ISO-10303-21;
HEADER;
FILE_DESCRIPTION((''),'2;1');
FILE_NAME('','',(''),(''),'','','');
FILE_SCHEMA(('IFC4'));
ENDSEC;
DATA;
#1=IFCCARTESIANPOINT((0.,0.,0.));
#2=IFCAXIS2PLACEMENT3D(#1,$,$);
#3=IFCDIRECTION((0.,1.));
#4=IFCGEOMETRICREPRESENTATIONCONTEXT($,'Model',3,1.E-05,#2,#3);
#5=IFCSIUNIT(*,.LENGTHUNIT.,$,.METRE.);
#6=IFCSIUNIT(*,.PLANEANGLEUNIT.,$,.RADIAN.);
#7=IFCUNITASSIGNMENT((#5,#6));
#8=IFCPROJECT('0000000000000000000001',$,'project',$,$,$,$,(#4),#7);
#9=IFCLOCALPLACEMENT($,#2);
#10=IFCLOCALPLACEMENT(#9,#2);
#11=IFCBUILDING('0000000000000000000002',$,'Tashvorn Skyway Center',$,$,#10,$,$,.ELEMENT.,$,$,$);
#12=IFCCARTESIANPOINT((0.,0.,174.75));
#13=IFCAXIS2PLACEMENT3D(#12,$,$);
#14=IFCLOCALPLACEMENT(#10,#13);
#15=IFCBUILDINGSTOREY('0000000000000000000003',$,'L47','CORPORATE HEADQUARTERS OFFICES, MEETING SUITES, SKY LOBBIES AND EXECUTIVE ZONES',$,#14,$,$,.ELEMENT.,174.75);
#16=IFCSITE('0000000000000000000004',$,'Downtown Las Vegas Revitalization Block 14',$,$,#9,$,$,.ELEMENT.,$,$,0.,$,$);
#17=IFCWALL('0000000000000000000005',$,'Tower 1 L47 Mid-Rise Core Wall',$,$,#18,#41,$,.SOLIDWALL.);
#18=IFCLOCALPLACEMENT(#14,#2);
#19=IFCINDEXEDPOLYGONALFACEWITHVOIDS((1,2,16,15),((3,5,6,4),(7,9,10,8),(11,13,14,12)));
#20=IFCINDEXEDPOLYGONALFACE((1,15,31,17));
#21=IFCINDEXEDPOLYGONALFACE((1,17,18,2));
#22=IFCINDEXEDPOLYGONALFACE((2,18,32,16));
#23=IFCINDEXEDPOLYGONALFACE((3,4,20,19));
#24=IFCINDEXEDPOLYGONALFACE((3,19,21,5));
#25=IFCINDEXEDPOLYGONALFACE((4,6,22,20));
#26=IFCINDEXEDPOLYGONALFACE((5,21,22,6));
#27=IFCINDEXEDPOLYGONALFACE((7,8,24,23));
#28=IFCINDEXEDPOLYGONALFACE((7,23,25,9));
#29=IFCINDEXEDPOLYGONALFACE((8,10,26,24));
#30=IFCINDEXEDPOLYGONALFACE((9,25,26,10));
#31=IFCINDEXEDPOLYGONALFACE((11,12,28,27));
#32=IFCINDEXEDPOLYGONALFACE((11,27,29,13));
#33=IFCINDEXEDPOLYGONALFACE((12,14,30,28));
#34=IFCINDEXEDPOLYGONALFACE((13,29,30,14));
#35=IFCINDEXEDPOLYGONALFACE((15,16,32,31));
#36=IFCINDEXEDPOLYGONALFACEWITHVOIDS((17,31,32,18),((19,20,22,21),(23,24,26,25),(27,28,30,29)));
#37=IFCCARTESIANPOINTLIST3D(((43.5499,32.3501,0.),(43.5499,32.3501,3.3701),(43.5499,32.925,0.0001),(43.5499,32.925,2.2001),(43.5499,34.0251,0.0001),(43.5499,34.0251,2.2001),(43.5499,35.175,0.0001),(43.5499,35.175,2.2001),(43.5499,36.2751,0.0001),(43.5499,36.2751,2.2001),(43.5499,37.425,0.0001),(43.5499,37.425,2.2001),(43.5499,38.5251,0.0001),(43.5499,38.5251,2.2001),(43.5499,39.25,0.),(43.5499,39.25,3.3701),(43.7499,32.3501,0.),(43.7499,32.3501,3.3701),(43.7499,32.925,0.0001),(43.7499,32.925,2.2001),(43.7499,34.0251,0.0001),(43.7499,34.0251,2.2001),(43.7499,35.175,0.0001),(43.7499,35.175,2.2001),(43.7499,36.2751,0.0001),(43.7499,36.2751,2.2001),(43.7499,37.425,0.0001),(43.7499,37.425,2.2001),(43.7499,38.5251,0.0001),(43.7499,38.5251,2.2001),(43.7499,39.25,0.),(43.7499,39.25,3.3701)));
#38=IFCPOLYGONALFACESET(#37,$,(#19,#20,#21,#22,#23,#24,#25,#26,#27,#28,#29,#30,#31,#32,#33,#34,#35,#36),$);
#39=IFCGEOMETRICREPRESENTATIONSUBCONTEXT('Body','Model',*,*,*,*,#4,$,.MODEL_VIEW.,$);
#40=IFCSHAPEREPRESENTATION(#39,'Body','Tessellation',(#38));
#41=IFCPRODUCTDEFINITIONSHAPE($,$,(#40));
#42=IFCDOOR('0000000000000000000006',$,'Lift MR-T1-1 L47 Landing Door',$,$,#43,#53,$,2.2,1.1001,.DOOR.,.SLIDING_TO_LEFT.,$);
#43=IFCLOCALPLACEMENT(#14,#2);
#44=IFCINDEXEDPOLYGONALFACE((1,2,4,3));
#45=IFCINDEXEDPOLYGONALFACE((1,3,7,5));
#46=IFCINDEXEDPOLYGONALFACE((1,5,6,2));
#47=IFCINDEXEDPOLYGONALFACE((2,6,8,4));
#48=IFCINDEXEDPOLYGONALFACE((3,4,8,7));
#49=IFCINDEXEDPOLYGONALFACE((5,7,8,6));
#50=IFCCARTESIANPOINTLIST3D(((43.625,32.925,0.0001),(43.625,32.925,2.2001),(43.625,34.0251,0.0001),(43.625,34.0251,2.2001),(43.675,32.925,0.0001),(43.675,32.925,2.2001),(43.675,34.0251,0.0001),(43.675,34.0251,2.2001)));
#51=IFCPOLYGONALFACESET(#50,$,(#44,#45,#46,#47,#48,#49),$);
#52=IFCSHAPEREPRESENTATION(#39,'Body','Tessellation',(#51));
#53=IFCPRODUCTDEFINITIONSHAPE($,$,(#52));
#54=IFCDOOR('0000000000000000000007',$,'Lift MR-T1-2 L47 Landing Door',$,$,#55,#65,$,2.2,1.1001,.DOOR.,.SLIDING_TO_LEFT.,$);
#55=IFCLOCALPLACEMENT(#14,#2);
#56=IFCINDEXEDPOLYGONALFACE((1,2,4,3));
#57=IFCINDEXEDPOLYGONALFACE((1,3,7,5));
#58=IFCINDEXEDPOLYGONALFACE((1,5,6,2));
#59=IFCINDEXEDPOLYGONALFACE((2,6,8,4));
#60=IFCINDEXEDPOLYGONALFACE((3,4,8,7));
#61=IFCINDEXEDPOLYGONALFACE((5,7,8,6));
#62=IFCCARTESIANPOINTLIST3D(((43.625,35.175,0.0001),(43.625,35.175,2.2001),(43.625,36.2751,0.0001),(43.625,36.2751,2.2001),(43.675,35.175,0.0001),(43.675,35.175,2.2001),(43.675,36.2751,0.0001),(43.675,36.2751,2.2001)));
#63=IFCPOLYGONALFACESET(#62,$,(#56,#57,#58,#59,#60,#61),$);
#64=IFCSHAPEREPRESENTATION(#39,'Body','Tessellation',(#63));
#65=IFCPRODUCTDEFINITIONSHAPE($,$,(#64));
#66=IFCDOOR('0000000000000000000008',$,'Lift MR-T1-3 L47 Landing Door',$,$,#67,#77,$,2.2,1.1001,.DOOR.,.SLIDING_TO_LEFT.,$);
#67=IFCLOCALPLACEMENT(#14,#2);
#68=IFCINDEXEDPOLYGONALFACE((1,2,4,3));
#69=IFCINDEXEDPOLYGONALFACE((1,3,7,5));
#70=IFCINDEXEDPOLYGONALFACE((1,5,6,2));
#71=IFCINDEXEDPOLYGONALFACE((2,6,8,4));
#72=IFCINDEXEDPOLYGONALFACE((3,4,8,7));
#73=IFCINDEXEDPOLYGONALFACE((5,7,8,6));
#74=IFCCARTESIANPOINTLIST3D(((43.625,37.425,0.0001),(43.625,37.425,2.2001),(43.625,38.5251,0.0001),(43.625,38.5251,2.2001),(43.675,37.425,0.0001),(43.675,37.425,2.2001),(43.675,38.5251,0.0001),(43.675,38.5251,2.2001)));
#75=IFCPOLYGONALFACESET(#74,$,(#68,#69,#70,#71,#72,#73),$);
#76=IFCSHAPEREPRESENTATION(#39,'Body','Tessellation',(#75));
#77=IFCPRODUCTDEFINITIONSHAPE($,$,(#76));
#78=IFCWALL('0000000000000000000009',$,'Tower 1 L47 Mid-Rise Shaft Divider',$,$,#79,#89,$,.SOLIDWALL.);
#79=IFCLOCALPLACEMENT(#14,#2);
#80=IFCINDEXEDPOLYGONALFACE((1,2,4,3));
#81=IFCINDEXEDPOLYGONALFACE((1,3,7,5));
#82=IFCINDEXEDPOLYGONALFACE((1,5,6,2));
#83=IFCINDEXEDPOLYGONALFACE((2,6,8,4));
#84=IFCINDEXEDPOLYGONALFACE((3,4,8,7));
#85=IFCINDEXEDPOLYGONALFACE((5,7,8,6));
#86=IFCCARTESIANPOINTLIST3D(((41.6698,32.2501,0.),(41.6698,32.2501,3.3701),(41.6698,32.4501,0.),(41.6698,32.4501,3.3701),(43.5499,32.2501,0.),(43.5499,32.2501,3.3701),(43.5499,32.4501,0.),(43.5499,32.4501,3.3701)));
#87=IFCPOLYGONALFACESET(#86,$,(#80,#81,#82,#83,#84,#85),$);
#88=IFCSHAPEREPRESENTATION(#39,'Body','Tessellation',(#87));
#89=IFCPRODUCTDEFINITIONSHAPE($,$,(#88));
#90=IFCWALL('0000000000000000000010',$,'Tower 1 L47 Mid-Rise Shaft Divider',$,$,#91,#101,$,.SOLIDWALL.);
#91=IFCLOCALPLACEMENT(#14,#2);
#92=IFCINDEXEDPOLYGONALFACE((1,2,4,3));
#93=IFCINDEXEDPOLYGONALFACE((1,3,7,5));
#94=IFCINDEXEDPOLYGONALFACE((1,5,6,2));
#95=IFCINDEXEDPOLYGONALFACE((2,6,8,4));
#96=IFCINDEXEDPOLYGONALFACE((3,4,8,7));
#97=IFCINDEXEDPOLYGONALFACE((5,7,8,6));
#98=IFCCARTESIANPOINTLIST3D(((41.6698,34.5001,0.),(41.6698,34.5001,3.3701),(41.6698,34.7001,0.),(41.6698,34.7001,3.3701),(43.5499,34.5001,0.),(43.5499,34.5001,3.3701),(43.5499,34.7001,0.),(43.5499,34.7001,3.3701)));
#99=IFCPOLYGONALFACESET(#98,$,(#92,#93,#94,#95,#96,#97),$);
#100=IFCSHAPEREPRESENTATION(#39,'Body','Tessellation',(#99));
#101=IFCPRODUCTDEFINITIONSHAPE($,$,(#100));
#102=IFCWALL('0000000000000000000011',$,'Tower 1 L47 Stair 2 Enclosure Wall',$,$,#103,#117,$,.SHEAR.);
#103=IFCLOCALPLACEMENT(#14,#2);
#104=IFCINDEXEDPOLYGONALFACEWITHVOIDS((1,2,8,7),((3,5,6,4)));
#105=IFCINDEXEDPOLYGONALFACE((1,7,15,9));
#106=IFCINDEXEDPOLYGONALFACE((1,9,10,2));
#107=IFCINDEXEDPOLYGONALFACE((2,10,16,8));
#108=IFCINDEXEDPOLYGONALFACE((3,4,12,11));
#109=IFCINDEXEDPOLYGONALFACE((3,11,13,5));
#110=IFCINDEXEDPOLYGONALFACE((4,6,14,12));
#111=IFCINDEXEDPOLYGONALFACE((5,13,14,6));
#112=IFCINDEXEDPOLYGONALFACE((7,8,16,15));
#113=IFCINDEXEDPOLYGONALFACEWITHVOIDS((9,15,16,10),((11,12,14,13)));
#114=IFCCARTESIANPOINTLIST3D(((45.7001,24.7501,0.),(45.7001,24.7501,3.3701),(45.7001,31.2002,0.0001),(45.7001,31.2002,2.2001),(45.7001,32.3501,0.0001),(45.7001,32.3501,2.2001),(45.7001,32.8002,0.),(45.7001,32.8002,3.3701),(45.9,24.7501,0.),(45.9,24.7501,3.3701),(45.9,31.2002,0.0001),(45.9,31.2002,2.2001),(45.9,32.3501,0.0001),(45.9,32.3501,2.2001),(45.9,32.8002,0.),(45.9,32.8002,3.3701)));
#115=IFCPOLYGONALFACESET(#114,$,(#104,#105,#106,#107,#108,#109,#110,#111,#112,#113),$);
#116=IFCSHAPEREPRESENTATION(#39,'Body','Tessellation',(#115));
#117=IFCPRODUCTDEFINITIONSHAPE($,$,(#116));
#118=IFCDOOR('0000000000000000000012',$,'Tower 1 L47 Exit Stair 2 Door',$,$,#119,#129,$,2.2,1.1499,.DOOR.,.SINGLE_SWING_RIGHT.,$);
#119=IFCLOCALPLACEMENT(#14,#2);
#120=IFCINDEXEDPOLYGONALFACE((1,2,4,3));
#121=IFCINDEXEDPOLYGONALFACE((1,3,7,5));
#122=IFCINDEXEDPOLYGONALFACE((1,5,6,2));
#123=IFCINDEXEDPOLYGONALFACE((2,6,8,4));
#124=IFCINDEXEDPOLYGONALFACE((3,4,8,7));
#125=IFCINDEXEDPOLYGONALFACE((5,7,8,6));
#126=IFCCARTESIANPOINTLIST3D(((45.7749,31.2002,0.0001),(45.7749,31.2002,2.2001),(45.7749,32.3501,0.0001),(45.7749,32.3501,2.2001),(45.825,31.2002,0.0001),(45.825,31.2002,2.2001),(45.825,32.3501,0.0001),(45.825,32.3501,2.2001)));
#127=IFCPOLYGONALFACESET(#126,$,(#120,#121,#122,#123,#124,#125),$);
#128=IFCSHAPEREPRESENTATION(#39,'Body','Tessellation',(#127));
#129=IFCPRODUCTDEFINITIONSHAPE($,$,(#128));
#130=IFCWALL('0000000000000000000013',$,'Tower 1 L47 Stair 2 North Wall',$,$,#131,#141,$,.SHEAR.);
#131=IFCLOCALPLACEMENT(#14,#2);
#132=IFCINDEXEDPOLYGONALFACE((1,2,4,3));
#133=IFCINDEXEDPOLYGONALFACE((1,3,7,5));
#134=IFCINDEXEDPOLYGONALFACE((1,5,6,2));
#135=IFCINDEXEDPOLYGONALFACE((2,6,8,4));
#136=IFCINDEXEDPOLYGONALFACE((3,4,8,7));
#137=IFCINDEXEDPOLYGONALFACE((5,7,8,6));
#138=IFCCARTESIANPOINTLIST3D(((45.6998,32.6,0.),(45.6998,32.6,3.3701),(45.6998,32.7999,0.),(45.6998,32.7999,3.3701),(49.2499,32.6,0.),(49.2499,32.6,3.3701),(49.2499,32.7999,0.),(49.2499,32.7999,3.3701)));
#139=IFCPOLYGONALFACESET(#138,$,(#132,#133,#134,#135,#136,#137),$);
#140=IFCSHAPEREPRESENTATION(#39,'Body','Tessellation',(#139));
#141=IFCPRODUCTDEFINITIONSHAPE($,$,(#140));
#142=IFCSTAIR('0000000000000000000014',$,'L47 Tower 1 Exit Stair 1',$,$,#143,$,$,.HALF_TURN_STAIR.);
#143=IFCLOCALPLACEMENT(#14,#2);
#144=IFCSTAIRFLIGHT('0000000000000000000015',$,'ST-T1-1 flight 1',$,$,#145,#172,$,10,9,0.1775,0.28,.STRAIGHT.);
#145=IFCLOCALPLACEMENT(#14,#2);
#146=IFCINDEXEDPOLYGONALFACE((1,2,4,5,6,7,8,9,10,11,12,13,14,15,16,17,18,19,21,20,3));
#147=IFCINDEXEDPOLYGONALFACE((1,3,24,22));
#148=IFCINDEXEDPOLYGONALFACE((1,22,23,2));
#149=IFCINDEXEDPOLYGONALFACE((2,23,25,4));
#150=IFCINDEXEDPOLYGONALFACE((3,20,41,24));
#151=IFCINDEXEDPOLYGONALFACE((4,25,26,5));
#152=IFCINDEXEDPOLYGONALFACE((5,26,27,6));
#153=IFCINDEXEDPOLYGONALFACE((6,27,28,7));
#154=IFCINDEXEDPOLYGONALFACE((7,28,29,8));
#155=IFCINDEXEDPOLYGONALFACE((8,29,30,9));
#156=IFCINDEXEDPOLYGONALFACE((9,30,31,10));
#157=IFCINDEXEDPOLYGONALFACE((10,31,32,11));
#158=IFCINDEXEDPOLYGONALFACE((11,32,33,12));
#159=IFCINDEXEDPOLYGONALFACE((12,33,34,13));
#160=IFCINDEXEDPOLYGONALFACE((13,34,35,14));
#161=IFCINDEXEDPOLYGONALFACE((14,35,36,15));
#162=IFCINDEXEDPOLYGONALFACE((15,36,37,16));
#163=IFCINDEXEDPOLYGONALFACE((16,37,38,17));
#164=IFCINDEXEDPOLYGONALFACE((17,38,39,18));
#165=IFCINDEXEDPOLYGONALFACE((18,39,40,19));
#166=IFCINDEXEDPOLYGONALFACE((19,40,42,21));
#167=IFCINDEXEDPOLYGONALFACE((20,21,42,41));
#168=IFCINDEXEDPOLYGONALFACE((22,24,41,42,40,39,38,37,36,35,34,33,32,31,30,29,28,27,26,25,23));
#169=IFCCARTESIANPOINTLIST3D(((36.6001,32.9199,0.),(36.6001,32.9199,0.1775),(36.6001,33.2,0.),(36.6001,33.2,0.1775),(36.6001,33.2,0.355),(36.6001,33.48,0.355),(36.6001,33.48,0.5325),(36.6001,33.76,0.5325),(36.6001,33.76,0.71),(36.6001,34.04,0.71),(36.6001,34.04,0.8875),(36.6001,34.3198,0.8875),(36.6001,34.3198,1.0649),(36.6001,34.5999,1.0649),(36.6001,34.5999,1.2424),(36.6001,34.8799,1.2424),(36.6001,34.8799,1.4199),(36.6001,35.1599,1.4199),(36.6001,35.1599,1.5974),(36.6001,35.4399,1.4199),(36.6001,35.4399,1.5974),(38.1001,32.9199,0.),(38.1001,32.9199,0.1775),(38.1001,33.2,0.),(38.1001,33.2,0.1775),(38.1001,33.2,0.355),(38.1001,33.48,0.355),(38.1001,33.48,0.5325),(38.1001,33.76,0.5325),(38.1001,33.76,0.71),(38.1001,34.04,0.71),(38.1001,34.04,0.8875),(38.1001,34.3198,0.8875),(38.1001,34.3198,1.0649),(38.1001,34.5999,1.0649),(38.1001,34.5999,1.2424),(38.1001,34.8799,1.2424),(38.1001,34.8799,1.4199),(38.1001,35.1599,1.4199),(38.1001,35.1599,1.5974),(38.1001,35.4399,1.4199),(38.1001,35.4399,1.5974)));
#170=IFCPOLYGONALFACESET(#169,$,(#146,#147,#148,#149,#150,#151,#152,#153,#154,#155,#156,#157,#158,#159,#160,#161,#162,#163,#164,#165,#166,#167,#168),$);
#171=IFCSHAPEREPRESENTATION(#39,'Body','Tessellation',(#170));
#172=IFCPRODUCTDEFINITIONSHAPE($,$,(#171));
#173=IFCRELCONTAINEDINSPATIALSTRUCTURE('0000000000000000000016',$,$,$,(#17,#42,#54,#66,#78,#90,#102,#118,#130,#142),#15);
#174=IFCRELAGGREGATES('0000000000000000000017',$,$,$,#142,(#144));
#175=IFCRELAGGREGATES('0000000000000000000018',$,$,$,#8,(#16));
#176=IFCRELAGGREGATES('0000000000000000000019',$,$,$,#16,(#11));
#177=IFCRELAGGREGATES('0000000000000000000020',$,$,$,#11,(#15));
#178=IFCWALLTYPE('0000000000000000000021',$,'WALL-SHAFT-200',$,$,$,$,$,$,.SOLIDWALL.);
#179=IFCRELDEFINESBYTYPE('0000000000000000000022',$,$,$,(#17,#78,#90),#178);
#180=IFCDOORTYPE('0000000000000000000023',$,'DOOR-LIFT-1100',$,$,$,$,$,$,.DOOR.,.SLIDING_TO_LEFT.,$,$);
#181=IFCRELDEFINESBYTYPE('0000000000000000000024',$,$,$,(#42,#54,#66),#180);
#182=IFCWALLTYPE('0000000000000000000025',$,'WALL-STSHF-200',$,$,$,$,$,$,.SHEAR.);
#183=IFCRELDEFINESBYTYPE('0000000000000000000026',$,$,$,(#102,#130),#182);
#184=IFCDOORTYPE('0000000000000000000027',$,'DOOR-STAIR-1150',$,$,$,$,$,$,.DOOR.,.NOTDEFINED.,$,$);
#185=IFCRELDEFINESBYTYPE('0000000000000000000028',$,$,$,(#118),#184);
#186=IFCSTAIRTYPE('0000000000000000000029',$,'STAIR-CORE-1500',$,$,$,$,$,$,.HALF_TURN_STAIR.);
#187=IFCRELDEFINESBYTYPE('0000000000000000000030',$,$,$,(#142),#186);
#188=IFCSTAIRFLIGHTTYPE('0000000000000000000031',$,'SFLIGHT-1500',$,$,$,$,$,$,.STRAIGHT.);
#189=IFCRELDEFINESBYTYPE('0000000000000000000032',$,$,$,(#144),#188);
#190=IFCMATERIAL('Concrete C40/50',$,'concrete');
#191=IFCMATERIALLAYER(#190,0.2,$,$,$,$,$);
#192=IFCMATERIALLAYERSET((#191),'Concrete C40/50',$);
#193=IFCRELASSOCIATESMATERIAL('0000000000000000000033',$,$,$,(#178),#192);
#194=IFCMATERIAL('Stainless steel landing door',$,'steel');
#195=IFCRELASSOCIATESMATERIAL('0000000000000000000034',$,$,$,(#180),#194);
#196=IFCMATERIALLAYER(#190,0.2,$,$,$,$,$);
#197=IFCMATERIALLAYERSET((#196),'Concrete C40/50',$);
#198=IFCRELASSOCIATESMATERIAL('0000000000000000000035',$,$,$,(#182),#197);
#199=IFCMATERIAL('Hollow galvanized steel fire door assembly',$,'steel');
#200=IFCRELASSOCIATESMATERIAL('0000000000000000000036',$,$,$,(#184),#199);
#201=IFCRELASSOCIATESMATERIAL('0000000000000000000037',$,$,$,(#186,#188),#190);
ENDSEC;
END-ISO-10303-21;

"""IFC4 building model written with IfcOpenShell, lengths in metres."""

from ifc_helpers import new_model, si_unit, direction, frame, frame_2d, origin, place, context, subcontext, project, spatial, polyline, rectangle, outline, extrude, material, layer, layer_set, type_object, element, fill, aggregate, save


model = new_model("IFC4")

# Units and contexts
model_context = context("Model", 3, precision=1e-05, world=origin(), true_north=direction((0.0, 1.0)))
body_context = subcontext(model_context, "Body", "Model", "MODEL_VIEW")
ifc_project = project(units=[si_unit("LENGTHUNIT", "METRE"), si_unit("PLANEANGLEUNIT", "RADIAN")], contexts=[model_context])

# Site, building, storey
site_placement = place(None, origin())
site = spatial("IfcSite", under=ifc_project, at=site_placement, Name="Downtown Las Vegas Revitalization Block 14", CompositionType="ELEMENT", RefElevation=0.0)
building_placement = place(site_placement, origin())
building = spatial("IfcBuilding", under=site, at=building_placement, Name="Tashvorn Skyway Center", CompositionType="ELEMENT")
storey_placement = place(building_placement, frame((0.0, 0.0, 174.75)))
storey = spatial("IfcBuildingStorey", under=building, at=storey_placement, Name="L47", Description="CORPORATE HEADQUARTERS OFFICES, MEETING SUITES, SKY LOBBIES AND EXECUTIVE ZONES", CompositionType="ELEMENT", Elevation=174.75)

# Shared definitions
ifc_material_1 = material(Name="Concrete C40/50", Category="concrete")
ifc_material_2 = material(Name="Hollow galvanized steel fire door assembly", Category="steel")

# Shared definitions
ifc_layer_1 = layer(ifc_material_1, 0.2)
ifc_layer_set_1 = layer_set([ifc_layer_1], Name="Concrete C40/50")
wall_type_1 = type_object("IfcWallType", Name="WALL-SHAFT-200", PredefinedType="SOLIDWALL", material=ifc_layer_set_1)

# Wall, openings, doors
wall_1_placement = place(storey_placement, frame((43.6499, 32.3501, 0.0), z_axis=(0.0, 0.0, 1.0), x_axis=(0.0, 1.0, 0.0)))
wall_1 = element("IfcWall", 1, at=wall_1_placement, inside=storey, type_object=wall_type_1, Name="Tower 1 L47 Mid-Rise Core Wall", PredefinedType="SOLIDWALL", context=body_context, shape_type="SweptSolid", body=[
    extrude(rectangle(XDim=6.8999, YDim=0.2, at=frame_2d((3.45, 0.0))), origin(), (0.0, 0.0, 1.0), 3.3701),
])
opening_1_placement = place(wall_1_placement, frame((0.575, 0.0, 0.0)))
opening_1 = element("IfcOpeningElement", 2, at=opening_1_placement, cuts=wall_1, PredefinedType="OPENING", context=body_context, shape_type="SweptSolid", body=[
    extrude(rectangle(XDim=1.1001, YDim=2.2, at=frame_2d((0.55, 1.1001))), frame((0.0, 0.1099, 0.0), z_axis=(0.0, -1.0, 0.0), x_axis=(1.0, 0.0, 0.0)), (0.0, 0.0, 1.0), 0.22),
])
opening_2_placement = place(wall_1_placement, frame((2.825, 0.0, 0.0)))
opening_2 = element("IfcOpeningElement", 3, at=opening_2_placement, cuts=wall_1, PredefinedType="OPENING", context=body_context, shape_type="SweptSolid", body=[
    extrude(rectangle(XDim=1.1001, YDim=2.2, at=frame_2d((0.55, 1.1001))), frame((0.0, 0.1099, 0.0), z_axis=(0.0, -1.0, 0.0), x_axis=(1.0, 0.0, 0.0)), (0.0, 0.0, 1.0), 0.22),
])
opening_3_placement = place(wall_1_placement, frame((5.075, 0.0, 0.0)))
opening_3 = element("IfcOpeningElement", 4, at=opening_3_placement, cuts=wall_1, PredefinedType="OPENING", context=body_context, shape_type="SweptSolid", body=[
    extrude(rectangle(XDim=1.1001, YDim=2.2, at=frame_2d((0.55, 1.1001))), frame((0.0, 0.1099, 0.0), z_axis=(0.0, -1.0, 0.0), x_axis=(1.0, 0.0, 0.0)), (0.0, 0.0, 1.0), 0.22),
])
ifc_material_3 = material(Name="Stainless steel landing door", Category="steel")
door_type_1 = type_object("IfcDoorType", Name="DOOR-LIFT-1100", OperationType="SLIDING_TO_LEFT", PredefinedType="DOOR", material=ifc_material_3)
door_1_placement = place(opening_1_placement, origin())
door_1 = element("IfcDoor", 5, at=door_1_placement, inside=storey, type_object=door_type_1, Name="Lift MR-T1-1 L47 Landing Door", OperationType="SLIDING_TO_LEFT", OverallHeight=2.2, OverallWidth=1.1001, PredefinedType="DOOR", context=body_context, shape_type="SweptSolid", body=[
    extrude(rectangle(XDim=1.1001, YDim=2.2, at=frame_2d((0.55, 1.1001))), frame((0.0, 0.0249, 0.0), z_axis=(0.0, -1.0, 0.0), x_axis=(1.0, 0.0, 0.0)), (0.0, 0.0, 1.0), 0.05),
])
fill(opening_1, door_1)
door_2_placement = place(opening_2_placement, origin())
door_2 = element("IfcDoor", 6, at=door_2_placement, inside=storey, type_object=door_type_1, Name="Lift MR-T1-2 L47 Landing Door", OperationType="SLIDING_TO_LEFT", OverallHeight=2.2, OverallWidth=1.1001, PredefinedType="DOOR", context=body_context, shape_type="SweptSolid", body=[
    extrude(rectangle(XDim=1.1001, YDim=2.2, at=frame_2d((0.55, 1.1001))), frame((0.0, 0.0249, 0.0), z_axis=(0.0, -1.0, 0.0), x_axis=(1.0, 0.0, 0.0)), (0.0, 0.0, 1.0), 0.05),
])
fill(opening_2, door_2)
door_3_placement = place(opening_3_placement, origin())
door_3 = element("IfcDoor", 7, at=door_3_placement, inside=storey, type_object=door_type_1, Name="Lift MR-T1-3 L47 Landing Door", OperationType="SLIDING_TO_LEFT", OverallHeight=2.2, OverallWidth=1.1001, PredefinedType="DOOR", context=body_context, shape_type="SweptSolid", body=[
    extrude(rectangle(XDim=1.1001, YDim=2.2, at=frame_2d((0.55, 1.1001))), frame((0.0, 0.0249, 0.0), z_axis=(0.0, -1.0, 0.0), x_axis=(1.0, 0.0, 0.0)), (0.0, 0.0, 1.0), 0.05),
])
fill(opening_3, door_3)

# Walls
for number, where, z_axis, x_axis, name in (
    (8, (41.6699, 32.3501, 0.0), (0.0, 0.0, 1.0), (1.0, 0.0, 0.0), "Tower 1 L47 Mid-Rise Shaft Divider"),
    (9, (41.6699, 34.6001, 0.0), (0.0, 0.0, 1.0), (1.0, 0.0, 0.0), "Tower 1 L47 Mid-Rise Shaft Divider"),
):
    element("IfcWall", number, at=place(storey_placement, frame(where, z_axis=z_axis, x_axis=x_axis)), inside=storey, type_object=wall_type_1, Name=name, PredefinedType="SOLIDWALL", context=body_context, shape_type="SweptSolid", body=[
        extrude(rectangle(XDim=1.8801, YDim=0.2, at=frame_2d((0.9399, 0.0))), origin(), (0.0, 0.0, 1.0), 3.3701),
    ])

# Wall, opening, door
ifc_layer_2 = layer(ifc_material_1, 0.2)
ifc_layer_set_2 = layer_set([ifc_layer_2], Name="Concrete C40/50")
wall_type_2 = type_object("IfcWallType", Name="WALL-STSHF-200", PredefinedType="SHEAR", material=ifc_layer_set_2)
wall_2_placement = place(storey_placement, frame((45.8, 32.8, 0.0), z_axis=(0.0, 0.0, 1.0), x_axis=(0.0, -1.0, 0.0)))
wall_2 = element("IfcWall", 10, at=wall_2_placement, inside=storey, type_object=wall_type_2, Name="Tower 1 L47 Stair 2 Enclosure Wall", PredefinedType="SHEAR", context=body_context, shape_type="SweptSolid", body=[
    extrude(rectangle(XDim=8.05, YDim=0.2, at=frame_2d((4.0249, 0.0))), origin(), (0.0, 0.0, 1.0), 3.3701),
])
opening_4_placement = place(wall_2_placement, frame((0.45, 0.0, 0.0)))
opening_4 = element("IfcOpeningElement", 11, at=opening_4_placement, cuts=wall_2, PredefinedType="OPENING", context=body_context, shape_type="SweptSolid", body=[
    extrude(rectangle(XDim=1.1499, YDim=2.2, at=frame_2d((0.575, 1.1001))), frame((0.0, 0.1099, 0.0), z_axis=(0.0, -1.0, 0.0), x_axis=(1.0, 0.0, 0.0)), (0.0, 0.0, 1.0), 0.22),
])
door_type_2 = type_object("IfcDoorType", Name="DOOR-STAIR-1150", OperationType="NOTDEFINED", PredefinedType="DOOR", material=ifc_material_2)
door_4_placement = place(opening_4_placement, origin())
door_4 = element("IfcDoor", 12, at=door_4_placement, inside=storey, type_object=door_type_2, Name="Tower 1 L47 Exit Stair 2 Door", OperationType="SINGLE_SWING_RIGHT", OverallHeight=2.2, OverallWidth=1.1499, PredefinedType="DOOR", context=body_context, shape_type="SweptSolid", body=[
    extrude(rectangle(XDim=1.1499, YDim=2.2, at=frame_2d((0.575, 1.1001))), frame((0.0, 0.0249, 0.0), z_axis=(0.0, -1.0, 0.0), x_axis=(1.0, 0.0, 0.0)), (0.0, 0.0, 1.0), 0.05),
])
fill(opening_4, door_4)

# Wall
wall_3_placement = place(storey_placement, frame((45.7, 32.7, 0.0), z_axis=(0.0, 0.0, 1.0), x_axis=(1.0, 0.0, 0.0)))
element("IfcWall", 13, at=wall_3_placement, inside=storey, type_object=wall_type_2, Name="Tower 1 L47 Stair 2 North Wall", PredefinedType="SHEAR", context=body_context, shape_type="SweptSolid", body=[
    extrude(rectangle(XDim=3.55, YDim=0.2, at=frame_2d((1.7749, 0.0))), origin(), (0.0, 0.0, 1.0), 3.3701),
])

# Stair, stair flight
stair_type = type_object("IfcStairType", Name="STAIR-CORE-1500", PredefinedType="HALF_TURN_STAIR", material=ifc_material_1)
stair_placement = place(storey_placement, origin())
stair = element("IfcStair", 14, at=stair_placement, inside=storey, type_object=stair_type, Name="L47 Tower 1 Exit Stair 1", PredefinedType="HALF_TURN_STAIR")
stair_flight_type = type_object("IfcStairFlightType", Name="SFLIGHT-1500", PredefinedType="STRAIGHT", material=ifc_material_1)
stair_flight_placement = place(storey_placement, frame((37.3501, 32.9199, 0.0), z_axis=(0.0, 0.0, 1.0), x_axis=(0.0, 1.0, 0.0)))
stair_flight = element("IfcStairFlight", 15, at=stair_flight_placement, type_object=stair_flight_type, Name="ST-T1-1 flight 1", NumberOfRisers=10, NumberOfTreads=9, PredefinedType="STRAIGHT", RiserHeight=0.1775, TreadLength=0.28, context=body_context, shape_type="SweptSolid", body=[
    extrude(outline(polyline([(0.0, 0.0), (0.0, 0.1775), (0.28, 0.1775), (0.28, 0.355), (0.5601, 0.355), (0.5601, 0.5325), (0.8401, 0.5325), (0.8401, 0.71), (1.1201, 0.71), (1.1201, 0.8875), (1.3999, 0.8875), (1.3999, 1.0649), (1.6799, 1.0649), (1.6799, 1.2424), (1.96, 1.2424), (1.96, 1.4199), (2.24, 1.4199), (2.24, 1.5974), (2.52, 1.5974), (2.52, 1.7749), (2.52, 1.4199), (0.28, 0.0), (0.0, 0.0)])), frame((0.0, 0.75, 0.0), z_axis=(0.0, -1.0, 0.0), x_axis=(1.0, 0.0, 0.0)), (0.0, 0.0, 1.0), 1.5),
])
aggregate(stair, [stair_flight])

save(model, "model.ifc")
